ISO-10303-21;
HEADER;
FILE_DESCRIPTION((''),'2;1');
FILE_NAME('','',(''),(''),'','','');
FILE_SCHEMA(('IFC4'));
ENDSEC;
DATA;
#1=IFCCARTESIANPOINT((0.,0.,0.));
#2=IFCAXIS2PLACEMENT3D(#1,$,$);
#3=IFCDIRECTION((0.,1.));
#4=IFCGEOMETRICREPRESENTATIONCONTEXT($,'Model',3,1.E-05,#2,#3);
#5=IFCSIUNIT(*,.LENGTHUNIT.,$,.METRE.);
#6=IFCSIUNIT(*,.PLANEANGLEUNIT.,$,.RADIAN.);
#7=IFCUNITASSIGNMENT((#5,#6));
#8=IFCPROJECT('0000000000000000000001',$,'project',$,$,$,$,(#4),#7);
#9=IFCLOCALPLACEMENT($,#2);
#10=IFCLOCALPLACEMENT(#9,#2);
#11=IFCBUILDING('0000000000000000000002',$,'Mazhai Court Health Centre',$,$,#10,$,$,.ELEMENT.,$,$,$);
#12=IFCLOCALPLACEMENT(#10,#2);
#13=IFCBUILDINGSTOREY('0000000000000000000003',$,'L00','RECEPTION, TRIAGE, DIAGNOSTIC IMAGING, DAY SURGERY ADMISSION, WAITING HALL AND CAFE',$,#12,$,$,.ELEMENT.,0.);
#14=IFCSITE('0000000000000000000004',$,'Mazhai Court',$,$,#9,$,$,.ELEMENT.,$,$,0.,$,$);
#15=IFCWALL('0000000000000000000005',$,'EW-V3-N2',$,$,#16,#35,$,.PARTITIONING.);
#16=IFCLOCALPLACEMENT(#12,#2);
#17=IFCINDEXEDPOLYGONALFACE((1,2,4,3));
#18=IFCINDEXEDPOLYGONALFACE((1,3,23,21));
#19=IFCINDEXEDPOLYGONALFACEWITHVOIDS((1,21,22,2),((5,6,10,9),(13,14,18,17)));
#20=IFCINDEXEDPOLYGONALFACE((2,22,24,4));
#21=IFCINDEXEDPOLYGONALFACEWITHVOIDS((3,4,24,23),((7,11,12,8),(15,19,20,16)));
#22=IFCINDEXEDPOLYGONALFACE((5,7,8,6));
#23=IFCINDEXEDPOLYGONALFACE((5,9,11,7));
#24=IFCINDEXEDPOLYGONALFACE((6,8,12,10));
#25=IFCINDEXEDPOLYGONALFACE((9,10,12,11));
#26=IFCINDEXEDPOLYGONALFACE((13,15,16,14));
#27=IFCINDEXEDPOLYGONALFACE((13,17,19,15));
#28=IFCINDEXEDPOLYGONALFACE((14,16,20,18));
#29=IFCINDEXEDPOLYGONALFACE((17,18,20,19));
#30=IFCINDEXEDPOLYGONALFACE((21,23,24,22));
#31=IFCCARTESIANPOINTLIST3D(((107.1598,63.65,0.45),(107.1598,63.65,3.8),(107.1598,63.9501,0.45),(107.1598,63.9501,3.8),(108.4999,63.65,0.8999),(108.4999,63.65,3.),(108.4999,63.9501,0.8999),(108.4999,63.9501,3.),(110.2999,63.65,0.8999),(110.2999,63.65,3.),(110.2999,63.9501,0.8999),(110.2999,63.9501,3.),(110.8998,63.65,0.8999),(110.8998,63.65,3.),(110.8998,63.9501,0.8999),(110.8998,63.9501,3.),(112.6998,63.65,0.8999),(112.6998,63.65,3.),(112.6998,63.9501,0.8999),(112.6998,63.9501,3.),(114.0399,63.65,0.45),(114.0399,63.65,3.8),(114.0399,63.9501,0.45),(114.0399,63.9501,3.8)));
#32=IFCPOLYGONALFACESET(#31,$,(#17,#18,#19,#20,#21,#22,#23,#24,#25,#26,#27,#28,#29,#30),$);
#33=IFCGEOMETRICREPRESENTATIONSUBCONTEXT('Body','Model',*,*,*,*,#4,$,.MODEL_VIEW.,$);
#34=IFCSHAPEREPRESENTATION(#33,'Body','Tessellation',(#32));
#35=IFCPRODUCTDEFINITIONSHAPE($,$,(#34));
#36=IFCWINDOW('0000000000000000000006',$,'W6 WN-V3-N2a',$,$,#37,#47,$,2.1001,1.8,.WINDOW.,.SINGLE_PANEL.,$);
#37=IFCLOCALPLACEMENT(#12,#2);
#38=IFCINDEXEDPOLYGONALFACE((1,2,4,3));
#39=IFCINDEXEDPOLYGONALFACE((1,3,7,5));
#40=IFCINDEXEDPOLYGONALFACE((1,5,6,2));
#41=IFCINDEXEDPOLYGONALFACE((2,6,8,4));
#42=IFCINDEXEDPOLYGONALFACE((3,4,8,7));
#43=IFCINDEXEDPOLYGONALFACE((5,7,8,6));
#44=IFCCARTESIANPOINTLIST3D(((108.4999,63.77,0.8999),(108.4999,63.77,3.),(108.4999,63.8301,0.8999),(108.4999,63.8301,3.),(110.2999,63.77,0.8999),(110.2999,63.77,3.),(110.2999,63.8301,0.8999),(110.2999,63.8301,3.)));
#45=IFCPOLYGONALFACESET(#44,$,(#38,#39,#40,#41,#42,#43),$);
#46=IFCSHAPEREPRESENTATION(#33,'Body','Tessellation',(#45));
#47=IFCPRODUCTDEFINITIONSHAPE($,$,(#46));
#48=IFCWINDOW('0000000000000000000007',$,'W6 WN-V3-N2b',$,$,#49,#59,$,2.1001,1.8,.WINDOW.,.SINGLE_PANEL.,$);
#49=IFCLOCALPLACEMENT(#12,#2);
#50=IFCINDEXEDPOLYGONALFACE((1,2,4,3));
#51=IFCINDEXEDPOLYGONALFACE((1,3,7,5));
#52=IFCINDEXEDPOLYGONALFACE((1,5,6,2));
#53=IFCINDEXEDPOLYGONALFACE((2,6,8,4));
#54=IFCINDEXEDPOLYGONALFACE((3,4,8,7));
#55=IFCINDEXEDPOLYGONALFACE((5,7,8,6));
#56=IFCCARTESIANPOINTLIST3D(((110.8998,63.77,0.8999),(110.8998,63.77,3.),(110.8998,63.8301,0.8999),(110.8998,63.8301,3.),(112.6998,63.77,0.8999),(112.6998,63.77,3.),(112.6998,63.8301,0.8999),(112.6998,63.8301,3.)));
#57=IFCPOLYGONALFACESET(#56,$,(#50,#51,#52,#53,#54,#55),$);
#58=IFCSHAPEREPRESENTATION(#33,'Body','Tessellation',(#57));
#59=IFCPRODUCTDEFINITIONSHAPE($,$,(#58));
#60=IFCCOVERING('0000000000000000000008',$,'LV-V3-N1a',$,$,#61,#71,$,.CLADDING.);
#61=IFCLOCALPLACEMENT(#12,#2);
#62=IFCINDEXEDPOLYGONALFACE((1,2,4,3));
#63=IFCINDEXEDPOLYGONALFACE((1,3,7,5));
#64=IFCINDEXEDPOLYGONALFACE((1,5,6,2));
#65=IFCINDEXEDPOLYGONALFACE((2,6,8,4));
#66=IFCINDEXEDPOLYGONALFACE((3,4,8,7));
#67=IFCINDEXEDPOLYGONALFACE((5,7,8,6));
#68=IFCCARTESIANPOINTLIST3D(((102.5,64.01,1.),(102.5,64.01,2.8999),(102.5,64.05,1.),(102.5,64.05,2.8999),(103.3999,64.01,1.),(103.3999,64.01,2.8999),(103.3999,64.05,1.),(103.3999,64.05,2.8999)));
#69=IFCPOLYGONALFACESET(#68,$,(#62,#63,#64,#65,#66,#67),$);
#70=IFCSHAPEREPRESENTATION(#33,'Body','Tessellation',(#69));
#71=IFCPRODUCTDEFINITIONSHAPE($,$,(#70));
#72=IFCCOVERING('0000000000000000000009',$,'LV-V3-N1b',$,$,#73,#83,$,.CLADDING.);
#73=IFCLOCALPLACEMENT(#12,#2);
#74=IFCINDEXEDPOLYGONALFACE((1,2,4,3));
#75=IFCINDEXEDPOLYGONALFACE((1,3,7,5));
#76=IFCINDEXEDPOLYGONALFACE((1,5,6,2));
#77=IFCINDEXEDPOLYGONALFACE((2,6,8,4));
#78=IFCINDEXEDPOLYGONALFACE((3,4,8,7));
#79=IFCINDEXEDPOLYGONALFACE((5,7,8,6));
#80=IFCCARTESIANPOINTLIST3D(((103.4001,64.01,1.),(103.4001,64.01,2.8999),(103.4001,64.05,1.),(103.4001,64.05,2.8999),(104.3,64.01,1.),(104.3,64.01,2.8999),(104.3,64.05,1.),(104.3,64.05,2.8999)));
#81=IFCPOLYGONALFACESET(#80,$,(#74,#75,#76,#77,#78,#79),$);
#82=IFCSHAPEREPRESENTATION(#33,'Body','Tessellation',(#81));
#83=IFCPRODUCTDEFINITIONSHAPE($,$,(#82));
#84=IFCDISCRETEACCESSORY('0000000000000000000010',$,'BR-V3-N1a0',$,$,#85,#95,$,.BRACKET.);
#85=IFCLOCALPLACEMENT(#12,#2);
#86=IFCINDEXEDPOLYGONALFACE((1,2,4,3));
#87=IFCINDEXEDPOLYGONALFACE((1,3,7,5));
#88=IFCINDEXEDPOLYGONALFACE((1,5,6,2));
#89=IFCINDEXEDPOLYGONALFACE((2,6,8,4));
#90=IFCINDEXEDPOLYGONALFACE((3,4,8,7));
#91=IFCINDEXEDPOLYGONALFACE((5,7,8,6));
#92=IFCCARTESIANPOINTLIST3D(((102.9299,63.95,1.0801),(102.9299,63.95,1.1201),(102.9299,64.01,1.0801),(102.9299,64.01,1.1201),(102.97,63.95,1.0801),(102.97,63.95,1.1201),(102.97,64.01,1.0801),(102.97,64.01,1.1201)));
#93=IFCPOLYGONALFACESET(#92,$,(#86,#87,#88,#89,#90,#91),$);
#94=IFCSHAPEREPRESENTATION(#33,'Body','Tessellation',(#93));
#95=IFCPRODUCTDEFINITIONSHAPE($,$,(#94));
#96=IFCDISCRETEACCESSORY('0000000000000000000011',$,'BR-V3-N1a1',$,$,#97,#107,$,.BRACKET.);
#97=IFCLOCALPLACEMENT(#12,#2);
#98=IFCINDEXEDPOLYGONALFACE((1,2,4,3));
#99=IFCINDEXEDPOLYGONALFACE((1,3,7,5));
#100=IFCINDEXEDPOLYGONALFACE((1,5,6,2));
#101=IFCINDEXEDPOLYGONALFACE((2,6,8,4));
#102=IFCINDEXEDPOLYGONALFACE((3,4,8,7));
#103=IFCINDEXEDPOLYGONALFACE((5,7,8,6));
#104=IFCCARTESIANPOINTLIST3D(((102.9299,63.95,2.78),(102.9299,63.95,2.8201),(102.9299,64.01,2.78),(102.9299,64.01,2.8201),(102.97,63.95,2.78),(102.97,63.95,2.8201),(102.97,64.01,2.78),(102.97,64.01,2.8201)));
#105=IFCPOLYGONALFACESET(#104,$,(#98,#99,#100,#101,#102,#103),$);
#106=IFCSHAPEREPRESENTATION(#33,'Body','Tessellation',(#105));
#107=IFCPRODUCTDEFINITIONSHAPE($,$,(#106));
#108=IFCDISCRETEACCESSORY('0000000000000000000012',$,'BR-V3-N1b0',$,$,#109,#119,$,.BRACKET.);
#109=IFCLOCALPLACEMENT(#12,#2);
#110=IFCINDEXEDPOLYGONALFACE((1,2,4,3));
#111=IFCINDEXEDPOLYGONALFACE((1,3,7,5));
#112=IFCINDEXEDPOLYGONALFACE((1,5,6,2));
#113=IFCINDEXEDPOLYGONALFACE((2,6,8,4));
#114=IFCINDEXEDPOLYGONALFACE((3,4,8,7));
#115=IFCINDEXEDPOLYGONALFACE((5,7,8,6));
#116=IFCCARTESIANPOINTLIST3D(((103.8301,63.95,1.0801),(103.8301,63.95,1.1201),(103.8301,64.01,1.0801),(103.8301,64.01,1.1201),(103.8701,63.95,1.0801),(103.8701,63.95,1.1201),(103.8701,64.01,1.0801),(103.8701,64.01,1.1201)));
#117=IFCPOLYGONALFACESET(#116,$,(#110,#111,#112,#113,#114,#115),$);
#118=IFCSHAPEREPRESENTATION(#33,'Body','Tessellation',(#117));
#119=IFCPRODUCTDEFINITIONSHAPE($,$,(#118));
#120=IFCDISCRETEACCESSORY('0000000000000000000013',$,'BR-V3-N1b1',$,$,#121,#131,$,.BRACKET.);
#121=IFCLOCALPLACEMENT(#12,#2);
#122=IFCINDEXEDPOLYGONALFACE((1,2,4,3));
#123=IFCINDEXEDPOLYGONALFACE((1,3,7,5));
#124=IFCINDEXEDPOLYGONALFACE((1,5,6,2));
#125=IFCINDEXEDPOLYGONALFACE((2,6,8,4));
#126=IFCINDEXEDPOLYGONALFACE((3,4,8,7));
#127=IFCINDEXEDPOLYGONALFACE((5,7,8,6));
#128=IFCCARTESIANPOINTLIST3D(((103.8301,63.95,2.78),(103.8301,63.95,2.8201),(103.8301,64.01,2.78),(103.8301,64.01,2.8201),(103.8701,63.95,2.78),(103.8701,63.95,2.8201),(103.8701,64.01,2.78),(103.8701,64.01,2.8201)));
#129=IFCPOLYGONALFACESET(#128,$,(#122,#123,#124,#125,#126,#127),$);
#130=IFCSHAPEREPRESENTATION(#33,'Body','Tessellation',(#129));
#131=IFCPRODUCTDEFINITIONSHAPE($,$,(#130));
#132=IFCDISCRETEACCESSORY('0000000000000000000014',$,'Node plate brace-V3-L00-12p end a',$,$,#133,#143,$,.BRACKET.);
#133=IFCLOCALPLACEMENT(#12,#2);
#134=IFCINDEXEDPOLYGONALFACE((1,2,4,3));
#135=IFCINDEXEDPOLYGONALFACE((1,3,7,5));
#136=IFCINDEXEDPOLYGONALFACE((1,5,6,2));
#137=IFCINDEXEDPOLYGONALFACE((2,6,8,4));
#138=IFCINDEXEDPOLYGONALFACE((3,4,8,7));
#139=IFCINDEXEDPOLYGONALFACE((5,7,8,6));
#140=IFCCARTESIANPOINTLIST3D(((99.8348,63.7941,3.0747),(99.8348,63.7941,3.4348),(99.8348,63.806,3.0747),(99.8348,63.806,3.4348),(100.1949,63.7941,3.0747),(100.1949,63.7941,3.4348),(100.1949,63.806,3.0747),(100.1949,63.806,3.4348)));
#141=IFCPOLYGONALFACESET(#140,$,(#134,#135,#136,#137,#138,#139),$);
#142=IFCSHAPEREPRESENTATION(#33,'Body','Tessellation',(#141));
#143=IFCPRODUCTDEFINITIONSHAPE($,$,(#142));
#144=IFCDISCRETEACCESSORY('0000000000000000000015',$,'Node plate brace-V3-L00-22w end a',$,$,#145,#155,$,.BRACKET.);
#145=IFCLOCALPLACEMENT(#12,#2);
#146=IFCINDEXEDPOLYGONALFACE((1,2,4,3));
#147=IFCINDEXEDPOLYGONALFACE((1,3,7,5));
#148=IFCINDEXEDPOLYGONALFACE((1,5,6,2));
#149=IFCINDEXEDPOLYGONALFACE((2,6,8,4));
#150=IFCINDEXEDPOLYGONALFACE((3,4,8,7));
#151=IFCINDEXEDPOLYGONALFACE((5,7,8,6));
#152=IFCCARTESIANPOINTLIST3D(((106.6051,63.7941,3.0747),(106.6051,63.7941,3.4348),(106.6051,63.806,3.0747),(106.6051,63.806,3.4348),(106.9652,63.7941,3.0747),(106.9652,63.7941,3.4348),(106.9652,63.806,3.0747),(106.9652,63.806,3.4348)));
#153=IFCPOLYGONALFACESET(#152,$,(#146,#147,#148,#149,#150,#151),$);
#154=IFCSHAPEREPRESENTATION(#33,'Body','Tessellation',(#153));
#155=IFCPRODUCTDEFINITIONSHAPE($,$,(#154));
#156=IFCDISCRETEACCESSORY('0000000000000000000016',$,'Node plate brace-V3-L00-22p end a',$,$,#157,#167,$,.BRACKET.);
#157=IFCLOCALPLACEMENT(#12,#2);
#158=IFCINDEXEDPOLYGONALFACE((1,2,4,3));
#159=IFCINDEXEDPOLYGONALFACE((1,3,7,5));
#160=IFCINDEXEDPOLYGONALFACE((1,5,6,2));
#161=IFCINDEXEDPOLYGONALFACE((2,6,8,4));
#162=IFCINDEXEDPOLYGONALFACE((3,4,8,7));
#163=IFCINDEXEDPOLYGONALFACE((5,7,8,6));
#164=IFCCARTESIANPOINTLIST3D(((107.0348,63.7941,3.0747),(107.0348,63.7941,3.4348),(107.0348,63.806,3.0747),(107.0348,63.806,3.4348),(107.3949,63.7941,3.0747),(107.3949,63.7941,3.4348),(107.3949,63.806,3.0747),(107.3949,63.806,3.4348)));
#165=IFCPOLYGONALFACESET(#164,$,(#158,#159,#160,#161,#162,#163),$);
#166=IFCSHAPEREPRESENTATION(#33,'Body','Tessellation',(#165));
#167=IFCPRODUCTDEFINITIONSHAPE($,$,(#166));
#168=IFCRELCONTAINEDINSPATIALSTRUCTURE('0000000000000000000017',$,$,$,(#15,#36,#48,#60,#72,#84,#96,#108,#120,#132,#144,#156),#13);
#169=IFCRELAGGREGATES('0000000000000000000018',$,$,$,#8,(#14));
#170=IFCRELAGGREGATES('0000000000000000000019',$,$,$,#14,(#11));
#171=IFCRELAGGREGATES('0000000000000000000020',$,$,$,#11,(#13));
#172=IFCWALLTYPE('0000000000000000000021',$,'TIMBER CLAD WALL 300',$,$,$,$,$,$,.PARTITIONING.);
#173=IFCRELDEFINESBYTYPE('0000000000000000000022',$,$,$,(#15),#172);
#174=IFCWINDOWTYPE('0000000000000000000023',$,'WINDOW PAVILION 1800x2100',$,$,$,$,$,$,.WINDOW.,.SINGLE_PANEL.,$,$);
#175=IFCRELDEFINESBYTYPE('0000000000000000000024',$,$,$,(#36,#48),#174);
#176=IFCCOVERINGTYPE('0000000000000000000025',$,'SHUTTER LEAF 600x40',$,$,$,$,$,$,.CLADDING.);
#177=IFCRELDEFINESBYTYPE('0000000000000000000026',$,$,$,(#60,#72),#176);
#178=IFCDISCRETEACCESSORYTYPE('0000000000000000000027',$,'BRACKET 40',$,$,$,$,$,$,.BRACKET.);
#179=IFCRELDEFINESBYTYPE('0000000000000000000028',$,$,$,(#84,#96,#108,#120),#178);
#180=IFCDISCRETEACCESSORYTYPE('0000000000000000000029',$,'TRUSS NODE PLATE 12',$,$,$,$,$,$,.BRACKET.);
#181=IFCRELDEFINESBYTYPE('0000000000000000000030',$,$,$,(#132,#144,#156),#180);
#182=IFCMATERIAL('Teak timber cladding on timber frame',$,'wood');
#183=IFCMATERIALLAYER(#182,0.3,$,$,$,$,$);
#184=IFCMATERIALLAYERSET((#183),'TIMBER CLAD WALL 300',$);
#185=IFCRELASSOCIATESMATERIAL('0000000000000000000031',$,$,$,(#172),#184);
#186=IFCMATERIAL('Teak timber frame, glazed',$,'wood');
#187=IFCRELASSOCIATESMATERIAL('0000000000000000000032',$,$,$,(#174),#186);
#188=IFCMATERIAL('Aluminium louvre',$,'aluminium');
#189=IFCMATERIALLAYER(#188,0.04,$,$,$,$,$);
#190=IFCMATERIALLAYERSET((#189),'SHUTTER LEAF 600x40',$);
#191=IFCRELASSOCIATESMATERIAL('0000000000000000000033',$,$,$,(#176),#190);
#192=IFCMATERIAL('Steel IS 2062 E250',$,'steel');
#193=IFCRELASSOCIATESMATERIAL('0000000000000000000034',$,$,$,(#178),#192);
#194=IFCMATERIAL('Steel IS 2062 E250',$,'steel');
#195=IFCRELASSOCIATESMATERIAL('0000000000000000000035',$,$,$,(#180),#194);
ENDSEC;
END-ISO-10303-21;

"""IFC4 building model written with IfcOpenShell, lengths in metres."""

from ifc_helpers import new_model, si_unit, direction, frame, frame_2d, origin, origin_2d, place, context, subcontext, project, spatial, rectangle, extrude, material, layer, layer_set, type_object, element, fill, save


model = new_model("IFC4")

# Units and contexts
model_context = context("Model", 3, precision=1e-05, world=origin(), true_north=direction((0.0, 1.0)))
body_context = subcontext(model_context, "Body", "Model", "MODEL_VIEW")
ifc_project = project(units=[si_unit("LENGTHUNIT", "METRE"), si_unit("PLANEANGLEUNIT", "RADIAN")], contexts=[model_context])

# Site, building, storey
site_placement = place(None, origin())
site = spatial("IfcSite", under=ifc_project, at=site_placement, Name="Mazhai Court", CompositionType="ELEMENT", RefElevation=0.0)
building_placement = place(site_placement, origin())
building = spatial("IfcBuilding", under=site, at=building_placement, Name="Mazhai Court Health Centre", CompositionType="ELEMENT")
storey_placement = place(building_placement, origin())
storey = spatial("IfcBuildingStorey", under=building, at=storey_placement, Name="L00", Description="RECEPTION, TRIAGE, DIAGNOSTIC IMAGING, DAY SURGERY ADMISSION, WAITING HALL AND CAFE", CompositionType="ELEMENT", Elevation=0.0)

# Shared definitions
ifc_material_1 = material(Name="Teak timber cladding on timber frame", Category="wood")
ifc_layer_1 = layer(ifc_material_1, 0.3)
ifc_layer_set_1 = layer_set([ifc_layer_1], Name="TIMBER CLAD WALL 300")
wall_type_1 = type_object("IfcWallType", Name="TIMBER CLAD WALL 300", PredefinedType="PARTITIONING", material=ifc_layer_set_1)
ifc_material_2 = material(Name="Teak timber frame, glazed", Category="wood")
window_type = type_object("IfcWindowType", Name="WINDOW PAVILION 1800x2100", PartitioningType="SINGLE_PANEL", PredefinedType="WINDOW", material=ifc_material_2)

# Wall, openings, windows
wall_1_placement = place(storey_placement, frame((107.1599, 63.8, 0.45), z_axis=(0.0, 0.0, 1.0), x_axis=(1.0, 0.0, 0.0)))
wall_1 = element("IfcWall", 1, at=wall_1_placement, inside=storey, type_object=wall_type_1, Name="EW-V3-N2", PredefinedType="PARTITIONING", context=body_context, shape_type="SweptSolid", body=[
    extrude(rectangle(XDim=6.8801, YDim=0.3, at=frame_2d((3.4399, 0.0))), origin(), (0.0, 0.0, 1.0), 3.3501),
])
opening_1_placement = place(wall_1_placement, frame((1.3401, 0.0, 0.45)))
opening_1 = element("IfcOpeningElement", 2, at=opening_1_placement, cuts=wall_1, PredefinedType="OPENING", context=body_context, shape_type="SweptSolid", body=[
    extrude(rectangle(XDim=1.8, YDim=2.1001, at=frame_2d((0.8999, 1.05))), frame((0.0, 0.1599, 0.0), z_axis=(0.0, -1.0, 0.0), x_axis=(1.0, 0.0, 0.0)), (0.0, 0.0, 1.0), 0.3201),
])
opening_2_placement = place(wall_1_placement, frame((3.74, 0.0, 0.45)))
opening_2 = element("IfcOpeningElement", 3, at=opening_2_placement, cuts=wall_1, PredefinedType="OPENING", context=body_context, shape_type="SweptSolid", body=[
    extrude(rectangle(XDim=1.8, YDim=2.1001, at=frame_2d((0.8999, 1.05))), frame((0.0, 0.1599, 0.0), z_axis=(0.0, -1.0, 0.0), x_axis=(1.0, 0.0, 0.0)), (0.0, 0.0, 1.0), 0.3201),
])
window_1_placement = place(opening_1_placement, origin())
window_1 = element("IfcWindow", 4, at=window_1_placement, inside=storey, type_object=window_type, Name="W6 WN-V3-N2a", OverallHeight=2.1001, OverallWidth=1.8, PartitioningType="SINGLE_PANEL", PredefinedType="WINDOW", context=body_context, shape_type="SweptSolid", body=[
    extrude(rectangle(XDim=1.8, YDim=2.1001, at=frame_2d((0.8999, 1.05))), frame((0.0, 0.03, 0.0), z_axis=(0.0, -1.0, 0.0), x_axis=(1.0, 0.0, 0.0)), (0.0, 0.0, 1.0), 0.0601),
])
fill(opening_1, window_1)
window_2_placement = place(opening_2_placement, origin())
window_2 = element("IfcWindow", 5, at=window_2_placement, inside=storey, type_object=window_type, Name="W6 WN-V3-N2b", OverallHeight=2.1001, OverallWidth=1.8, PartitioningType="SINGLE_PANEL", PredefinedType="WINDOW", context=body_context, shape_type="SweptSolid", body=[
    extrude(rectangle(XDim=1.8, YDim=2.1001, at=frame_2d((0.8999, 1.05))), frame((0.0, 0.03, 0.0), z_axis=(0.0, -1.0, 0.0), x_axis=(1.0, 0.0, 0.0)), (0.0, 0.0, 1.0), 0.0601),
])
fill(opening_2, window_2)

# Coverings
ifc_material_3 = material(Name="Aluminium louvre", Category="aluminium")
ifc_layer_2 = layer(ifc_material_3, 0.04)
ifc_layer_set_2 = layer_set([ifc_layer_2], Name="SHUTTER LEAF 600x40")
covering_type = type_object("IfcCoveringType", Name="SHUTTER LEAF 600x40", PredefinedType="CLADDING", material=ifc_layer_set_2)
for number, where, z_axis, x_axis, name in (
    (6, (102.95, 64.03, 1.0), (0.0, 0.0, 1.0), (1.0, 0.0, 0.0), "LV-V3-N1a"),
    (7, (103.8501, 64.03, 1.0), (0.0, 0.0, 1.0), (1.0, 0.0, 0.0), "LV-V3-N1b"),
):
    element("IfcCovering", number, at=place(storey_placement, frame(where, z_axis=z_axis, x_axis=x_axis)), inside=storey, type_object=covering_type, Name=name, PredefinedType="CLADDING", context=body_context, shape_type="SweptSolid", body=[
        extrude(rectangle(XDim=0.8999, YDim=0.04, at=origin_2d()), origin(), (0.0, 0.0, 1.0), 1.8999),
    ])

# Discrete accessories
ifc_material_4 = material(Name="Steel IS 2062 E250", Category="steel")
discrete_accessory_type_1 = type_object("IfcDiscreteAccessoryType", Name="BRACKET 40", PredefinedType="BRACKET", material=ifc_material_4)
for number, where, z_axis, x_axis, name in (
    (8, (102.95, 63.98, 1.0801), (0.0, 0.0, 1.0), (1.0, 0.0, 0.0), "BR-V3-N1a0"),
    (9, (102.95, 63.98, 2.78), (0.0, 0.0, 1.0), (1.0, 0.0, 0.0), "BR-V3-N1a1"),
    (10, (103.8501, 63.98, 1.0801), (0.0, 0.0, 1.0), (1.0, 0.0, 0.0), "BR-V3-N1b0"),
    (11, (103.8501, 63.98, 2.78), (0.0, 0.0, 1.0), (1.0, 0.0, 0.0), "BR-V3-N1b1"),
):
    element("IfcDiscreteAccessory", number, at=place(storey_placement, frame(where, z_axis=z_axis, x_axis=x_axis)), inside=storey, type_object=discrete_accessory_type_1, Name=name, PredefinedType="BRACKET", context=body_context, shape_type="SweptSolid", body=[
        extrude(rectangle(XDim=0.04, YDim=0.0601, at=origin_2d()), origin(), (0.0, 0.0, 1.0), 0.04),
    ])
ifc_material_5 = material(Name="Steel IS 2062 E250", Category="steel")
discrete_accessory_type_2 = type_object("IfcDiscreteAccessoryType", Name="TRUSS NODE PLATE 12", PredefinedType="BRACKET", material=ifc_material_5)
for number, where, z_axis, x_axis, name in (
    (12, (100.0149, 63.8, 3.0747), (0.0, 0.0, 1.0), (1.0, 0.0, 0.0), "Node plate brace-V3-L00-12p end a"),
    (13, (106.7852, 63.8, 3.0747), (0.0, 0.0, 1.0), (1.0, 0.0, 0.0), "Node plate brace-V3-L00-22w end a"),
    (14, (107.2148, 63.8, 3.0747), (0.0, 0.0, 1.0), (1.0, 0.0, 0.0), "Node plate brace-V3-L00-22p end a"),
):
    element("IfcDiscreteAccessory", number, at=place(storey_placement, frame(where, z_axis=z_axis, x_axis=x_axis)), inside=storey, type_object=discrete_accessory_type_2, Name=name, PredefinedType="BRACKET", context=body_context, shape_type="SweptSolid", body=[
        extrude(rectangle(XDim=0.3601, YDim=0.012, at=origin_2d()), origin(), (0.0, 0.0, 1.0), 0.3601),
    ])

save(model, "model.ifc")
